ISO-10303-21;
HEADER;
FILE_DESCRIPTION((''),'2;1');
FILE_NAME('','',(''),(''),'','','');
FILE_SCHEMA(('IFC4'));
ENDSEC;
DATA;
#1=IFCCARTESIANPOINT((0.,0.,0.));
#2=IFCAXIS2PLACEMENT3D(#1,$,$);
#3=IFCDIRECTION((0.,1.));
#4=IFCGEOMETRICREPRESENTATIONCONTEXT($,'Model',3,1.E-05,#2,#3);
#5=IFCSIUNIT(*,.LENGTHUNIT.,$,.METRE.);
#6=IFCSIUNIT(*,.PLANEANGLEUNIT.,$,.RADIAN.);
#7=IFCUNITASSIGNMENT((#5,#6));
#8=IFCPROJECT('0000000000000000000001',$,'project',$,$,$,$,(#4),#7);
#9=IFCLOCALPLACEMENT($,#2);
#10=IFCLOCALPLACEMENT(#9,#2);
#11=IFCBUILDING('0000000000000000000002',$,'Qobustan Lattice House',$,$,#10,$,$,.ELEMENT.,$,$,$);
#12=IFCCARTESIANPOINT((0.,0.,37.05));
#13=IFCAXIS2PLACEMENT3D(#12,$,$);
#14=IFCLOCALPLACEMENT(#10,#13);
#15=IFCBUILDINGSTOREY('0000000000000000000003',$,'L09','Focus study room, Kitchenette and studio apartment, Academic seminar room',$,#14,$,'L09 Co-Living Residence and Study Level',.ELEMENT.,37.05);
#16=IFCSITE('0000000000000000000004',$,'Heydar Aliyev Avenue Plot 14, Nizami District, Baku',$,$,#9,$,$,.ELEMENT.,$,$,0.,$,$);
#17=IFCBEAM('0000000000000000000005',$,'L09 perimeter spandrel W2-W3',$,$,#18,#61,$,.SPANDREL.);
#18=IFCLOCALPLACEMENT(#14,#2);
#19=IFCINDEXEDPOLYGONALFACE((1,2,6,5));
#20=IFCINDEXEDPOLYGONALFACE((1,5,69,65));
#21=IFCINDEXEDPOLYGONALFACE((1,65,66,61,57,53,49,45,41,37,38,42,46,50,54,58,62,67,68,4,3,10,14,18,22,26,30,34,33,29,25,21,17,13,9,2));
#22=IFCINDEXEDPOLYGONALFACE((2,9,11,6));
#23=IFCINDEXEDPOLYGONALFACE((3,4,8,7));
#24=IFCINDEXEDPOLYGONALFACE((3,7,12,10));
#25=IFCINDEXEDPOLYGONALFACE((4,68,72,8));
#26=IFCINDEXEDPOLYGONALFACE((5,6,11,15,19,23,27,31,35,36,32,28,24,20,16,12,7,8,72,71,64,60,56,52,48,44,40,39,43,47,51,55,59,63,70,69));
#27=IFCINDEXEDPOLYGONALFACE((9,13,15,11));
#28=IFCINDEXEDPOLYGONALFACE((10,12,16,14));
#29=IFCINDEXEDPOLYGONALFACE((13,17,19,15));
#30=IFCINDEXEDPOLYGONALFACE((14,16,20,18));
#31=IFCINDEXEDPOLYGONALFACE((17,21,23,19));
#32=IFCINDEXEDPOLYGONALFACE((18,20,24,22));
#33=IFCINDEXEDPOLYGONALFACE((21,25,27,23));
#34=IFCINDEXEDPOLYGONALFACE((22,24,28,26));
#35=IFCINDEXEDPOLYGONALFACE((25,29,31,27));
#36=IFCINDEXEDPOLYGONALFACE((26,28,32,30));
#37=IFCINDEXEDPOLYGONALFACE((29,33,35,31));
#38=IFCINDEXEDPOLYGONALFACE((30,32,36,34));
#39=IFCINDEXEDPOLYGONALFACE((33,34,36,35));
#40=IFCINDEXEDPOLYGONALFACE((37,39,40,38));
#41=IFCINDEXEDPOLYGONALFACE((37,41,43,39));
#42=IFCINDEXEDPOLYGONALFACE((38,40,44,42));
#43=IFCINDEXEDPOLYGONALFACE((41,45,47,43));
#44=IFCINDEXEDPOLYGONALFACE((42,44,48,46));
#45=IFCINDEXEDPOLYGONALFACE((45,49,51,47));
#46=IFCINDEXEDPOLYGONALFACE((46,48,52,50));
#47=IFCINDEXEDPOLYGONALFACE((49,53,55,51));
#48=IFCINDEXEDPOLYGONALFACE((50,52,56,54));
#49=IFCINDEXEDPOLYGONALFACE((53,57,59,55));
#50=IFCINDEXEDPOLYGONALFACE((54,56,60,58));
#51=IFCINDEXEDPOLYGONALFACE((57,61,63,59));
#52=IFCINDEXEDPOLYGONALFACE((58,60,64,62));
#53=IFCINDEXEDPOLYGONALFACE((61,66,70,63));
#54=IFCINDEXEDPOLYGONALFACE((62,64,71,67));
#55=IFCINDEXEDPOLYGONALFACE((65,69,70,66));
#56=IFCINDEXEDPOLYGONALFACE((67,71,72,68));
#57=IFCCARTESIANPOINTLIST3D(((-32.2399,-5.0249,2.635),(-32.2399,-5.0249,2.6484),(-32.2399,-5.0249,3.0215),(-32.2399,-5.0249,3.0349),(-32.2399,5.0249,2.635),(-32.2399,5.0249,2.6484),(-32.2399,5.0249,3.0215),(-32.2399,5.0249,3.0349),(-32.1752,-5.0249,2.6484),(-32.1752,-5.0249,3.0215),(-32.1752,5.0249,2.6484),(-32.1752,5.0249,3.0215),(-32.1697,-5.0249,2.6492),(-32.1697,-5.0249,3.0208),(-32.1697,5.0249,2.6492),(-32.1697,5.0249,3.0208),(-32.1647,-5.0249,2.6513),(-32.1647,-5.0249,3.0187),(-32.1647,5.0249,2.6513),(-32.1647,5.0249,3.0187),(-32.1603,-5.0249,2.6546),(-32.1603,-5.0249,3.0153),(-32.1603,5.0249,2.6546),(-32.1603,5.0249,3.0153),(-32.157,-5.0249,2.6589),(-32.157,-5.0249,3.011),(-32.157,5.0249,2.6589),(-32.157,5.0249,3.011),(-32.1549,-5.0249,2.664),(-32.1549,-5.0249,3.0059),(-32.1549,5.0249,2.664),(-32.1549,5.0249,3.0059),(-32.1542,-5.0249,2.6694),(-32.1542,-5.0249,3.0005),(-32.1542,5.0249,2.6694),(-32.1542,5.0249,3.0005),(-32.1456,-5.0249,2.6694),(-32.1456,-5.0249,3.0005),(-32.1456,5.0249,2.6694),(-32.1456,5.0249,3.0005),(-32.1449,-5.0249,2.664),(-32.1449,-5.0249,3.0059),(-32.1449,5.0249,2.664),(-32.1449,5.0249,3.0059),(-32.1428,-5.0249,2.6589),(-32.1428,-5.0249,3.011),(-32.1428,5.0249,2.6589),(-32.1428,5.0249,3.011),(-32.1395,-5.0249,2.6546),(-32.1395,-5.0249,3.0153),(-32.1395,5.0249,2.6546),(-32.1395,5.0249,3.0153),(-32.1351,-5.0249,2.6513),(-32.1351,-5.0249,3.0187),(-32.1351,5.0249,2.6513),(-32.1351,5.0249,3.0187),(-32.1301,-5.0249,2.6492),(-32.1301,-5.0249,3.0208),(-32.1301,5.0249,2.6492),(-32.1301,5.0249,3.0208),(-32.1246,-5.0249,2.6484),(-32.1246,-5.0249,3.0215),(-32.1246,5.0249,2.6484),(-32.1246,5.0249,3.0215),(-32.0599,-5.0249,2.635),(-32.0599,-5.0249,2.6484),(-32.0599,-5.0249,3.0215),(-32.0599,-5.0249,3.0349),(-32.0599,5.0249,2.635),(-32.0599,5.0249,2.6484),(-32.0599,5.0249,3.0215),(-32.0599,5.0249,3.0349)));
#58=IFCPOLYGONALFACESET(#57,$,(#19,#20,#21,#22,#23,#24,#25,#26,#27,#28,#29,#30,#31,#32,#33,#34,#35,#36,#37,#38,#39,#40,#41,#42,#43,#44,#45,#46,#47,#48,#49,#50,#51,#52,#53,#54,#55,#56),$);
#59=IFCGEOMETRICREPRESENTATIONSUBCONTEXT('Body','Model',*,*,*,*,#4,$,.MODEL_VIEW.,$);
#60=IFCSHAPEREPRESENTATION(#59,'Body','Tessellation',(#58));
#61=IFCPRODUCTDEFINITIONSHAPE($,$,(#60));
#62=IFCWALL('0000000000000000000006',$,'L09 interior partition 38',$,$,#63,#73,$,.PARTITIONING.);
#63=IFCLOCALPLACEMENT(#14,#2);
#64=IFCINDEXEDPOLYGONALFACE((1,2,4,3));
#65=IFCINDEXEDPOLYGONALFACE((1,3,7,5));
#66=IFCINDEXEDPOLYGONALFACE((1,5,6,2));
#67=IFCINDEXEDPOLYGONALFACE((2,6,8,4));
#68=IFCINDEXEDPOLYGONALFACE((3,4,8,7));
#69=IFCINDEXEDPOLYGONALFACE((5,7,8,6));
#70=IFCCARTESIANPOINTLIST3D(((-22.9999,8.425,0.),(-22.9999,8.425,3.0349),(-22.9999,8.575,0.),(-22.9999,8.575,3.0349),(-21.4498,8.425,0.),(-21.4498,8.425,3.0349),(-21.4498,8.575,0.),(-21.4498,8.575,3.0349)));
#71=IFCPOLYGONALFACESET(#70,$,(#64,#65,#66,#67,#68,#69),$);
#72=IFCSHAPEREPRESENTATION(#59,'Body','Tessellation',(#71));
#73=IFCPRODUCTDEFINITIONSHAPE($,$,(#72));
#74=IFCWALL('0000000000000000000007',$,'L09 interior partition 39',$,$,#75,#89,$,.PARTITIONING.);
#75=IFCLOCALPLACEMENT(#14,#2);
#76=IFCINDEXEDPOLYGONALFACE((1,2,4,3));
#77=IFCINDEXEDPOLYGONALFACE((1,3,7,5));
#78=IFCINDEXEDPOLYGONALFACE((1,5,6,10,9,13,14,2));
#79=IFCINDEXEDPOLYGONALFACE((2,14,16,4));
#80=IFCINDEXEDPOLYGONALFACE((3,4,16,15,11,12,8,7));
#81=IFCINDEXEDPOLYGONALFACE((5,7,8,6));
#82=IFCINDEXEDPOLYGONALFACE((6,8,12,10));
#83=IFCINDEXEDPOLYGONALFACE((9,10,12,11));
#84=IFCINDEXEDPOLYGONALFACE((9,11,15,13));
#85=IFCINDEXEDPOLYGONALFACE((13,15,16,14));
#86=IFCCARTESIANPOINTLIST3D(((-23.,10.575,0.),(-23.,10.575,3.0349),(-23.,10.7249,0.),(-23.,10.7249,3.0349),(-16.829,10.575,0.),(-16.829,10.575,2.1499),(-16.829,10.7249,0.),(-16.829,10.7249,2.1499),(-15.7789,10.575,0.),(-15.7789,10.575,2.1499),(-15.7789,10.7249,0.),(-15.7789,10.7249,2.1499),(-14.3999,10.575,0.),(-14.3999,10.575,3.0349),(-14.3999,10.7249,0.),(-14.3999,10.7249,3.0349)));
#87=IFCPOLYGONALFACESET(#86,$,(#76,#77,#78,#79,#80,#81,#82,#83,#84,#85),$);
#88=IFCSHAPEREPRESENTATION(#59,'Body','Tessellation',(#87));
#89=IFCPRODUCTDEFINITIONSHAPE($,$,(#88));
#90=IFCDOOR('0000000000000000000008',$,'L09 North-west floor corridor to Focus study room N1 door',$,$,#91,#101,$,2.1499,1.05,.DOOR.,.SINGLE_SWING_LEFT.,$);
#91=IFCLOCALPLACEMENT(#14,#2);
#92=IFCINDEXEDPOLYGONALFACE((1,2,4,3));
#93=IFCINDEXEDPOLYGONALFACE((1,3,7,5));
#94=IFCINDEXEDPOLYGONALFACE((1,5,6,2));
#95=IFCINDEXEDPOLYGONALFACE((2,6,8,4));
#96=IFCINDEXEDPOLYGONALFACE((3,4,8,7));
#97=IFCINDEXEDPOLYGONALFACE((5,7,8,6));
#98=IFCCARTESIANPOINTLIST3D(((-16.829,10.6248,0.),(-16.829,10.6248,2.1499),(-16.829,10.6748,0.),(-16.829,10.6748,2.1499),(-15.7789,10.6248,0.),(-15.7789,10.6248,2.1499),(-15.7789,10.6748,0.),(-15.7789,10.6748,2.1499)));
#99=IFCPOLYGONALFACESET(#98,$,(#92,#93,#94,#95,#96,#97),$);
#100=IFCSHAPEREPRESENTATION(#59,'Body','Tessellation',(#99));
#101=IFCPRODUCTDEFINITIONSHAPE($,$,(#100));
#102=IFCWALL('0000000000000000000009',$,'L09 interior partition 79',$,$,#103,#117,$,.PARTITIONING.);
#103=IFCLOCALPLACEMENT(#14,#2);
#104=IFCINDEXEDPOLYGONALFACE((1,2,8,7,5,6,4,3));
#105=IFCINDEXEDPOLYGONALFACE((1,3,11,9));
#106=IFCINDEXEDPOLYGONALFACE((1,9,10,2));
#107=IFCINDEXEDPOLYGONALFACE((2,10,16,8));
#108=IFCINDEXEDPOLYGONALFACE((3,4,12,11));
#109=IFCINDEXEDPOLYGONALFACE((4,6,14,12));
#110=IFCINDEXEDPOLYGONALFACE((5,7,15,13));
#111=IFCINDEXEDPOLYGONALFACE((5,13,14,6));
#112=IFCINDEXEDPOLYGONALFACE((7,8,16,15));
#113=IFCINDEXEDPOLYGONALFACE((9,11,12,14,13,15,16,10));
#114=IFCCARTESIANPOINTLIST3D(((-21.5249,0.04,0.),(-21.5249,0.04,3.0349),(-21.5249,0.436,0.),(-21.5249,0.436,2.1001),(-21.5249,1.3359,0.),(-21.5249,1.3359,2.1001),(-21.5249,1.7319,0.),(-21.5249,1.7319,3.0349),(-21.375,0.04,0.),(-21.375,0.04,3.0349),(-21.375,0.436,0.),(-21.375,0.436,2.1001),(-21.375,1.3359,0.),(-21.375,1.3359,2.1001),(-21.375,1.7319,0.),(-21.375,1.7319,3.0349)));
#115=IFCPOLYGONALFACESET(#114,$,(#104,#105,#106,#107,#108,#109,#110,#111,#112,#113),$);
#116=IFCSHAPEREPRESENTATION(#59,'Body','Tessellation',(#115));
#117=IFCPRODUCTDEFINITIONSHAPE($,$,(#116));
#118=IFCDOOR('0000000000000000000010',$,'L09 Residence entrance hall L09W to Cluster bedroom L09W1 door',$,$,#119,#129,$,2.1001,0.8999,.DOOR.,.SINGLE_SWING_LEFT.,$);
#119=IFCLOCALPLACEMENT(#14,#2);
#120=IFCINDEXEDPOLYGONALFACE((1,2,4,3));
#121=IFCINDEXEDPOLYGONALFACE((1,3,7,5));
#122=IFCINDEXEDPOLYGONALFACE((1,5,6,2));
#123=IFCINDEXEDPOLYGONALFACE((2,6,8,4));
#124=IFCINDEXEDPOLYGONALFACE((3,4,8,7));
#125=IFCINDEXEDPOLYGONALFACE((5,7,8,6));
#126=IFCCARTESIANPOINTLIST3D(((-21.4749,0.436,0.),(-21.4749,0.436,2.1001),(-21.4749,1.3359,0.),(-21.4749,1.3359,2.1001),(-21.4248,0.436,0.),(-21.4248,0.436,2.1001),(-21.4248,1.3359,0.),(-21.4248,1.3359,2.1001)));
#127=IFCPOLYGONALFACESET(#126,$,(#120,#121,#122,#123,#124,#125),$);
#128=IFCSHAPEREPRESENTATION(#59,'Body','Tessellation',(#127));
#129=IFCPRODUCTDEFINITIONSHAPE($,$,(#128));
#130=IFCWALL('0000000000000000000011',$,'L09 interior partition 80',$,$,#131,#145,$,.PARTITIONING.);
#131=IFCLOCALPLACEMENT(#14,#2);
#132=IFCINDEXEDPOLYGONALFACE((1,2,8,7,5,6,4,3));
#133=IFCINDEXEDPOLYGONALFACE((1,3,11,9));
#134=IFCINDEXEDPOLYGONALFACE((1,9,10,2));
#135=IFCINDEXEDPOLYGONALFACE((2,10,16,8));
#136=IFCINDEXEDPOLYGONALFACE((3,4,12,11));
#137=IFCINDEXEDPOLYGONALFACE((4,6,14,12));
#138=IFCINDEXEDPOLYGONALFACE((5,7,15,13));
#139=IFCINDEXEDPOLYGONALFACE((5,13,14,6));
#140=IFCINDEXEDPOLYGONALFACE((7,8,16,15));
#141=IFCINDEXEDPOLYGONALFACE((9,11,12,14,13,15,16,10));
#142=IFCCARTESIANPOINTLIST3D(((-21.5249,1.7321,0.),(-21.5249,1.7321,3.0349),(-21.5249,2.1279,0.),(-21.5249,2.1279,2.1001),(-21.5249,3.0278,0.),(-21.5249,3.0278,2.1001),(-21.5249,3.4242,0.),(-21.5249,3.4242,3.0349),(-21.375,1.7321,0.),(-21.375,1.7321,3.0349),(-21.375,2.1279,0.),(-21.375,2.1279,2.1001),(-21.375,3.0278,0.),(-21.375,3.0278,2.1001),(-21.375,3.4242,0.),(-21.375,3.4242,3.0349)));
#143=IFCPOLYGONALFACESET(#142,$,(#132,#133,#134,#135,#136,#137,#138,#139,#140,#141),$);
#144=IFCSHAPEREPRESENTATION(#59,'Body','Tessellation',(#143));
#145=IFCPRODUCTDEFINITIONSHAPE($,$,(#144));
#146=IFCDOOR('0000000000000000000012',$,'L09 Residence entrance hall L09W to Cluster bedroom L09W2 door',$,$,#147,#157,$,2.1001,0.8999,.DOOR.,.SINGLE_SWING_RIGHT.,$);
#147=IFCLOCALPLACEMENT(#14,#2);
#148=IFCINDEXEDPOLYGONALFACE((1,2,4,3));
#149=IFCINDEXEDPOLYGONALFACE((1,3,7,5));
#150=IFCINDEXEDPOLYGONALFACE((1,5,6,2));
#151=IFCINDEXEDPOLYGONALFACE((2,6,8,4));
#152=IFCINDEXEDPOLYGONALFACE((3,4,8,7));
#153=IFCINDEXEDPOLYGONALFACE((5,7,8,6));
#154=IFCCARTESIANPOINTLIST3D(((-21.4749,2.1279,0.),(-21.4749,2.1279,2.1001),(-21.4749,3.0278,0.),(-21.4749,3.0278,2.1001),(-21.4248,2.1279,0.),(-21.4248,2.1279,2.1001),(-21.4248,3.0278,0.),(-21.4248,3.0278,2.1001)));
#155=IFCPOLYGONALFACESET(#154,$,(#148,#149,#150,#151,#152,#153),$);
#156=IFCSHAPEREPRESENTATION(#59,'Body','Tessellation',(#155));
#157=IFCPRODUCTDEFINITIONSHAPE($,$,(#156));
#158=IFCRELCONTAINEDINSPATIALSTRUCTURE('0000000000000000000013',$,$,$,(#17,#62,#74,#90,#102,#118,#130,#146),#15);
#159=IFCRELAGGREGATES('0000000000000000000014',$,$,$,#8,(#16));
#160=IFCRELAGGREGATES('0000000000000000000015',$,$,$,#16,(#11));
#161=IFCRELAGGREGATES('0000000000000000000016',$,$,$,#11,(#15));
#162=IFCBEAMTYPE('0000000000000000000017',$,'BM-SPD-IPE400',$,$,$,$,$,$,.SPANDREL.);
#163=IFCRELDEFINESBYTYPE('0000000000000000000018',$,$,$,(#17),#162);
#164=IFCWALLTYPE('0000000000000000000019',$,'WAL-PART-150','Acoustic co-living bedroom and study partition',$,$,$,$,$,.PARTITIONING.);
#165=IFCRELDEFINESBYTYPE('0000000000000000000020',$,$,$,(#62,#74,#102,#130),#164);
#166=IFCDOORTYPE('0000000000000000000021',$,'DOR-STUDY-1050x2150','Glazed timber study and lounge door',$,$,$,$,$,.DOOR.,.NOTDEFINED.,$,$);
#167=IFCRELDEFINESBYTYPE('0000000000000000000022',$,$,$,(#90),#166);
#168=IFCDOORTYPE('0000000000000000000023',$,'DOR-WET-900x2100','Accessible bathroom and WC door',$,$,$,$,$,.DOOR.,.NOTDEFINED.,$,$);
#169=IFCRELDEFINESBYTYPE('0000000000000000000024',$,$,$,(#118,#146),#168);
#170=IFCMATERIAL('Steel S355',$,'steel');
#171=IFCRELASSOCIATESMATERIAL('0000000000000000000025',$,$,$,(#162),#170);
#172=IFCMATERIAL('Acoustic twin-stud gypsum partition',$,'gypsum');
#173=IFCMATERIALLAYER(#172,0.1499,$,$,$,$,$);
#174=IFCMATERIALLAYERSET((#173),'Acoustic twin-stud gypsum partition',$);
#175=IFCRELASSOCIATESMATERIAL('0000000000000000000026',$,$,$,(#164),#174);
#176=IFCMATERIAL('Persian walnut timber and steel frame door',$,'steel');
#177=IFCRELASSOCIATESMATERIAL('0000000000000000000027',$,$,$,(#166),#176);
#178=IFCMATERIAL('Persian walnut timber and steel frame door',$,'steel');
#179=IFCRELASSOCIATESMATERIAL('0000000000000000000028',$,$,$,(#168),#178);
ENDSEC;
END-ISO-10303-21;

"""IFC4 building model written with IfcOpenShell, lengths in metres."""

from ifc_helpers import new_model, si_unit, direction, frame, frame_2d, origin, origin_2d, place, context, subcontext, project, spatial, rectangle, i_section, extrude, material, layer, layer_set, material_profile, profile_set, type_object, element, fill, save


model = new_model("IFC4")

# Units and contexts
model_context = context("Model", 3, precision=1e-05, world=origin(), true_north=direction((0.0, 1.0)))
body_context = subcontext(model_context, "Body", "Model", "MODEL_VIEW")
ifc_project = project(units=[si_unit("LENGTHUNIT", "METRE"), si_unit("PLANEANGLEUNIT", "RADIAN")], contexts=[model_context])

# Site, building, storey
site_placement = place(None, origin())
site = spatial("IfcSite", under=ifc_project, at=site_placement, Name="Heydar Aliyev Avenue Plot 14, Nizami District, Baku", CompositionType="ELEMENT", RefElevation=0.0)
building_placement = place(site_placement, origin())
building = spatial("IfcBuilding", under=site, at=building_placement, Name="Qobustan Lattice House", CompositionType="ELEMENT")
storey_placement = place(building_placement, frame((0.0, 0.0, 37.05)))
storey = spatial("IfcBuildingStorey", under=building, at=storey_placement, Name="L09", Description="Focus study room, Kitchenette and studio apartment, Academic seminar room", LongName="L09 Co-Living Residence and Study Level", CompositionType="ELEMENT", Elevation=37.05)

# Beam
ifc_material_1 = material(Name="Steel S355", Category="steel")
ifc_material_profile_1 = material_profile(ifc_material_1, i_section(OverallWidth=0.1799, OverallDepth=0.3999, WebThickness=0.0085, FlangeThickness=0.0134, FilletRadius=0.021, at=origin_2d()), Name="IPE400")
ifc_profile_set_1 = profile_set([ifc_material_profile_1], Name="Steel S355")
beam_type_1 = type_object("IfcBeamType", Name="BM-SPD-IPE400", PredefinedType="SPANDREL", material=ifc_profile_set_1)
beam_1_placement = place(storey_placement, frame((-32.1499, 5.0249, 2.835), z_axis=(0.0, -1.0, 0.0), x_axis=(1.0, 0.0, 0.0)))
element("IfcBeam", 1, at=beam_1_placement, inside=storey, type_object=beam_type_1, Name="L09 perimeter spandrel W2-W3", PredefinedType="SPANDREL", context=body_context, shape_type="SweptSolid", body=[
    extrude(i_section(OverallWidth=0.1799, OverallDepth=0.3999, WebThickness=0.0085, FlangeThickness=0.0134, FilletRadius=0.021, at=origin_2d()), origin(), (0.0, 0.0, 1.0), 10.0498),
])

# Wall
ifc_material_2 = material(Name="Acoustic twin-stud gypsum partition", Category="gypsum")
ifc_layer_1 = layer(ifc_material_2, 0.1499)
ifc_layer_set_1 = layer_set([ifc_layer_1], Name="Acoustic twin-stud gypsum partition")
wall_type_1 = type_object("IfcWallType", Name="WAL-PART-150", Description="Acoustic co-living bedroom and study partition", PredefinedType="PARTITIONING", material=ifc_layer_set_1)
wall_1_placement = place(storey_placement, frame((-21.45, 8.5, 0.0), z_axis=(0.0, 0.0, 1.0), x_axis=(-1.0, 0.0, 0.0)))
element("IfcWall", 2, at=wall_1_placement, inside=storey, type_object=wall_type_1, Name="L09 interior partition 38", PredefinedType="PARTITIONING", context=body_context, shape_type="SweptSolid", body=[
    extrude(rectangle(XDim=1.55, YDim=0.1499, at=frame_2d((0.7749, 0.0))), origin(), (0.0, 0.0, 1.0), 3.0349),
])

# Walls, openings, doors
wall_2_placement = place(storey_placement, frame((-23.0, 10.6499, 0.0), z_axis=(0.0, 0.0, 1.0), x_axis=(1.0, 0.0, 0.0)))
wall_2 = element("IfcWall", 3, at=wall_2_placement, inside=storey, type_object=wall_type_1, Name="L09 interior partition 39", PredefinedType="PARTITIONING", context=body_context, shape_type="SweptSolid", body=[
    extrude(rectangle(XDim=8.6001, YDim=0.1499, at=frame_2d((4.3, 0.0))), origin(), (0.0, 0.0, 1.0), 3.0349),
])
opening_1_placement = place(wall_2_placement, frame((6.1711, 0.0, 0.0)))
opening_1 = element("IfcOpeningElement", 4, at=opening_1_placement, cuts=wall_2, PredefinedType="OPENING", context=body_context, shape_type="SweptSolid", body=[
    extrude(rectangle(XDim=1.05, YDim=2.1499, at=frame_2d((0.5249, 1.075))), frame((0.0, 0.085, 0.0), z_axis=(0.0, -1.0, 0.0), x_axis=(1.0, 0.0, 0.0)), (0.0, 0.0, 1.0), 0.1699),
])
ifc_material_3 = material(Name="Persian walnut timber and steel frame door", Category="steel")
door_type_1 = type_object("IfcDoorType", Name="DOR-STUDY-1050x2150", Description="Glazed timber study and lounge door", OperationType="NOTDEFINED", PredefinedType="DOOR", material=ifc_material_3)
door_1_placement = place(opening_1_placement, origin())
door_1 = element("IfcDoor", 5, at=door_1_placement, inside=storey, type_object=door_type_1, Name="L09 North-west floor corridor to Focus study room N1 door", OperationType="SINGLE_SWING_LEFT", OverallHeight=2.1499, OverallWidth=1.05, PredefinedType="DOOR", context=body_context, shape_type="SweptSolid", body=[
    extrude(rectangle(XDim=1.05, YDim=2.1499, at=frame_2d((0.5249, 1.075))), frame((0.0, 0.0249, 0.0), z_axis=(0.0, -1.0, 0.0), x_axis=(1.0, 0.0, 0.0)), (0.0, 0.0, 1.0), 0.05),
])
fill(opening_1, door_1)
wall_3_placement = place(storey_placement, frame((-21.45, 0.04, 0.0), z_axis=(0.0, 0.0, 1.0), x_axis=(0.0, 1.0, 0.0)))
wall_3 = element("IfcWall", 6, at=wall_3_placement, inside=storey, type_object=wall_type_1, Name="L09 interior partition 79", PredefinedType="PARTITIONING", context=body_context, shape_type="SweptSolid", body=[
    extrude(rectangle(XDim=1.6919, YDim=0.1499, at=frame_2d((0.8459, 0.0))), origin(), (0.0, 0.0, 1.0), 3.0349),
])
opening_2_placement = place(wall_3_placement, frame((0.396, 0.0, 0.0)))
opening_2 = element("IfcOpeningElement", 7, at=opening_2_placement, cuts=wall_3, PredefinedType="OPENING", context=body_context, shape_type="SweptSolid", body=[
    extrude(rectangle(XDim=0.8999, YDim=2.1001, at=frame_2d((0.45, 1.05))), frame((0.0, 0.085, 0.0), z_axis=(0.0, -1.0, 0.0), x_axis=(1.0, 0.0, 0.0)), (0.0, 0.0, 1.0), 0.1699),
])
ifc_material_4 = material(Name="Persian walnut timber and steel frame door", Category="steel")
door_type_2 = type_object("IfcDoorType", Name="DOR-WET-900x2100", Description="Accessible bathroom and WC door", OperationType="NOTDEFINED", PredefinedType="DOOR", material=ifc_material_4)
door_2_placement = place(opening_2_placement, origin())
door_2 = element("IfcDoor", 8, at=door_2_placement, inside=storey, type_object=door_type_2, Name="L09 Residence entrance hall L09W to Cluster bedroom L09W1 door", OperationType="SINGLE_SWING_LEFT", OverallHeight=2.1001, OverallWidth=0.8999, PredefinedType="DOOR", context=body_context, shape_type="SweptSolid", body=[
    extrude(rectangle(XDim=0.8999, YDim=2.1001, at=frame_2d((0.45, 1.05))), frame((0.0, 0.0249, 0.0), z_axis=(0.0, -1.0, 0.0), x_axis=(1.0, 0.0, 0.0)), (0.0, 0.0, 1.0), 0.05),
])
fill(opening_2, door_2)
wall_4_placement = place(storey_placement, frame((-21.45, 1.7319, 0.0), z_axis=(0.0, 0.0, 1.0), x_axis=(0.0, 1.0, 0.0)))
wall_4 = element("IfcWall", 9, at=wall_4_placement, inside=storey, type_object=wall_type_1, Name="L09 interior partition 80", PredefinedType="PARTITIONING", context=body_context, shape_type="SweptSolid", body=[
    extrude(rectangle(XDim=1.6921, YDim=0.1499, at=frame_2d((0.8462, 0.0))), origin(), (0.0, 0.0, 1.0), 3.0349),
])
opening_3_placement = place(wall_4_placement, frame((0.396, 0.0, 0.0)))
opening_3 = element("IfcOpeningElement", 10, at=opening_3_placement, cuts=wall_4, PredefinedType="OPENING", context=body_context, shape_type="SweptSolid", body=[
    extrude(rectangle(XDim=0.8999, YDim=2.1001, at=frame_2d((0.45, 1.05))), frame((0.0, 0.085, 0.0), z_axis=(0.0, -1.0, 0.0), x_axis=(1.0, 0.0, 0.0)), (0.0, 0.0, 1.0), 0.1699),
])
door_3_placement = place(opening_3_placement, origin())
door_3 = element("IfcDoor", 11, at=door_3_placement, inside=storey, type_object=door_type_2, Name="L09 Residence entrance hall L09W to Cluster bedroom L09W2 door", OperationType="SINGLE_SWING_RIGHT", OverallHeight=2.1001, OverallWidth=0.8999, PredefinedType="DOOR", context=body_context, shape_type="SweptSolid", body=[
    extrude(rectangle(XDim=0.8999, YDim=2.1001, at=frame_2d((0.45, 1.05))), frame((0.0, 0.0249, 0.0), z_axis=(0.0, -1.0, 0.0), x_axis=(1.0, 0.0, 0.0)), (0.0, 0.0, 1.0), 0.05),
])
fill(opening_3, door_3)

save(model, "model.ifc")
